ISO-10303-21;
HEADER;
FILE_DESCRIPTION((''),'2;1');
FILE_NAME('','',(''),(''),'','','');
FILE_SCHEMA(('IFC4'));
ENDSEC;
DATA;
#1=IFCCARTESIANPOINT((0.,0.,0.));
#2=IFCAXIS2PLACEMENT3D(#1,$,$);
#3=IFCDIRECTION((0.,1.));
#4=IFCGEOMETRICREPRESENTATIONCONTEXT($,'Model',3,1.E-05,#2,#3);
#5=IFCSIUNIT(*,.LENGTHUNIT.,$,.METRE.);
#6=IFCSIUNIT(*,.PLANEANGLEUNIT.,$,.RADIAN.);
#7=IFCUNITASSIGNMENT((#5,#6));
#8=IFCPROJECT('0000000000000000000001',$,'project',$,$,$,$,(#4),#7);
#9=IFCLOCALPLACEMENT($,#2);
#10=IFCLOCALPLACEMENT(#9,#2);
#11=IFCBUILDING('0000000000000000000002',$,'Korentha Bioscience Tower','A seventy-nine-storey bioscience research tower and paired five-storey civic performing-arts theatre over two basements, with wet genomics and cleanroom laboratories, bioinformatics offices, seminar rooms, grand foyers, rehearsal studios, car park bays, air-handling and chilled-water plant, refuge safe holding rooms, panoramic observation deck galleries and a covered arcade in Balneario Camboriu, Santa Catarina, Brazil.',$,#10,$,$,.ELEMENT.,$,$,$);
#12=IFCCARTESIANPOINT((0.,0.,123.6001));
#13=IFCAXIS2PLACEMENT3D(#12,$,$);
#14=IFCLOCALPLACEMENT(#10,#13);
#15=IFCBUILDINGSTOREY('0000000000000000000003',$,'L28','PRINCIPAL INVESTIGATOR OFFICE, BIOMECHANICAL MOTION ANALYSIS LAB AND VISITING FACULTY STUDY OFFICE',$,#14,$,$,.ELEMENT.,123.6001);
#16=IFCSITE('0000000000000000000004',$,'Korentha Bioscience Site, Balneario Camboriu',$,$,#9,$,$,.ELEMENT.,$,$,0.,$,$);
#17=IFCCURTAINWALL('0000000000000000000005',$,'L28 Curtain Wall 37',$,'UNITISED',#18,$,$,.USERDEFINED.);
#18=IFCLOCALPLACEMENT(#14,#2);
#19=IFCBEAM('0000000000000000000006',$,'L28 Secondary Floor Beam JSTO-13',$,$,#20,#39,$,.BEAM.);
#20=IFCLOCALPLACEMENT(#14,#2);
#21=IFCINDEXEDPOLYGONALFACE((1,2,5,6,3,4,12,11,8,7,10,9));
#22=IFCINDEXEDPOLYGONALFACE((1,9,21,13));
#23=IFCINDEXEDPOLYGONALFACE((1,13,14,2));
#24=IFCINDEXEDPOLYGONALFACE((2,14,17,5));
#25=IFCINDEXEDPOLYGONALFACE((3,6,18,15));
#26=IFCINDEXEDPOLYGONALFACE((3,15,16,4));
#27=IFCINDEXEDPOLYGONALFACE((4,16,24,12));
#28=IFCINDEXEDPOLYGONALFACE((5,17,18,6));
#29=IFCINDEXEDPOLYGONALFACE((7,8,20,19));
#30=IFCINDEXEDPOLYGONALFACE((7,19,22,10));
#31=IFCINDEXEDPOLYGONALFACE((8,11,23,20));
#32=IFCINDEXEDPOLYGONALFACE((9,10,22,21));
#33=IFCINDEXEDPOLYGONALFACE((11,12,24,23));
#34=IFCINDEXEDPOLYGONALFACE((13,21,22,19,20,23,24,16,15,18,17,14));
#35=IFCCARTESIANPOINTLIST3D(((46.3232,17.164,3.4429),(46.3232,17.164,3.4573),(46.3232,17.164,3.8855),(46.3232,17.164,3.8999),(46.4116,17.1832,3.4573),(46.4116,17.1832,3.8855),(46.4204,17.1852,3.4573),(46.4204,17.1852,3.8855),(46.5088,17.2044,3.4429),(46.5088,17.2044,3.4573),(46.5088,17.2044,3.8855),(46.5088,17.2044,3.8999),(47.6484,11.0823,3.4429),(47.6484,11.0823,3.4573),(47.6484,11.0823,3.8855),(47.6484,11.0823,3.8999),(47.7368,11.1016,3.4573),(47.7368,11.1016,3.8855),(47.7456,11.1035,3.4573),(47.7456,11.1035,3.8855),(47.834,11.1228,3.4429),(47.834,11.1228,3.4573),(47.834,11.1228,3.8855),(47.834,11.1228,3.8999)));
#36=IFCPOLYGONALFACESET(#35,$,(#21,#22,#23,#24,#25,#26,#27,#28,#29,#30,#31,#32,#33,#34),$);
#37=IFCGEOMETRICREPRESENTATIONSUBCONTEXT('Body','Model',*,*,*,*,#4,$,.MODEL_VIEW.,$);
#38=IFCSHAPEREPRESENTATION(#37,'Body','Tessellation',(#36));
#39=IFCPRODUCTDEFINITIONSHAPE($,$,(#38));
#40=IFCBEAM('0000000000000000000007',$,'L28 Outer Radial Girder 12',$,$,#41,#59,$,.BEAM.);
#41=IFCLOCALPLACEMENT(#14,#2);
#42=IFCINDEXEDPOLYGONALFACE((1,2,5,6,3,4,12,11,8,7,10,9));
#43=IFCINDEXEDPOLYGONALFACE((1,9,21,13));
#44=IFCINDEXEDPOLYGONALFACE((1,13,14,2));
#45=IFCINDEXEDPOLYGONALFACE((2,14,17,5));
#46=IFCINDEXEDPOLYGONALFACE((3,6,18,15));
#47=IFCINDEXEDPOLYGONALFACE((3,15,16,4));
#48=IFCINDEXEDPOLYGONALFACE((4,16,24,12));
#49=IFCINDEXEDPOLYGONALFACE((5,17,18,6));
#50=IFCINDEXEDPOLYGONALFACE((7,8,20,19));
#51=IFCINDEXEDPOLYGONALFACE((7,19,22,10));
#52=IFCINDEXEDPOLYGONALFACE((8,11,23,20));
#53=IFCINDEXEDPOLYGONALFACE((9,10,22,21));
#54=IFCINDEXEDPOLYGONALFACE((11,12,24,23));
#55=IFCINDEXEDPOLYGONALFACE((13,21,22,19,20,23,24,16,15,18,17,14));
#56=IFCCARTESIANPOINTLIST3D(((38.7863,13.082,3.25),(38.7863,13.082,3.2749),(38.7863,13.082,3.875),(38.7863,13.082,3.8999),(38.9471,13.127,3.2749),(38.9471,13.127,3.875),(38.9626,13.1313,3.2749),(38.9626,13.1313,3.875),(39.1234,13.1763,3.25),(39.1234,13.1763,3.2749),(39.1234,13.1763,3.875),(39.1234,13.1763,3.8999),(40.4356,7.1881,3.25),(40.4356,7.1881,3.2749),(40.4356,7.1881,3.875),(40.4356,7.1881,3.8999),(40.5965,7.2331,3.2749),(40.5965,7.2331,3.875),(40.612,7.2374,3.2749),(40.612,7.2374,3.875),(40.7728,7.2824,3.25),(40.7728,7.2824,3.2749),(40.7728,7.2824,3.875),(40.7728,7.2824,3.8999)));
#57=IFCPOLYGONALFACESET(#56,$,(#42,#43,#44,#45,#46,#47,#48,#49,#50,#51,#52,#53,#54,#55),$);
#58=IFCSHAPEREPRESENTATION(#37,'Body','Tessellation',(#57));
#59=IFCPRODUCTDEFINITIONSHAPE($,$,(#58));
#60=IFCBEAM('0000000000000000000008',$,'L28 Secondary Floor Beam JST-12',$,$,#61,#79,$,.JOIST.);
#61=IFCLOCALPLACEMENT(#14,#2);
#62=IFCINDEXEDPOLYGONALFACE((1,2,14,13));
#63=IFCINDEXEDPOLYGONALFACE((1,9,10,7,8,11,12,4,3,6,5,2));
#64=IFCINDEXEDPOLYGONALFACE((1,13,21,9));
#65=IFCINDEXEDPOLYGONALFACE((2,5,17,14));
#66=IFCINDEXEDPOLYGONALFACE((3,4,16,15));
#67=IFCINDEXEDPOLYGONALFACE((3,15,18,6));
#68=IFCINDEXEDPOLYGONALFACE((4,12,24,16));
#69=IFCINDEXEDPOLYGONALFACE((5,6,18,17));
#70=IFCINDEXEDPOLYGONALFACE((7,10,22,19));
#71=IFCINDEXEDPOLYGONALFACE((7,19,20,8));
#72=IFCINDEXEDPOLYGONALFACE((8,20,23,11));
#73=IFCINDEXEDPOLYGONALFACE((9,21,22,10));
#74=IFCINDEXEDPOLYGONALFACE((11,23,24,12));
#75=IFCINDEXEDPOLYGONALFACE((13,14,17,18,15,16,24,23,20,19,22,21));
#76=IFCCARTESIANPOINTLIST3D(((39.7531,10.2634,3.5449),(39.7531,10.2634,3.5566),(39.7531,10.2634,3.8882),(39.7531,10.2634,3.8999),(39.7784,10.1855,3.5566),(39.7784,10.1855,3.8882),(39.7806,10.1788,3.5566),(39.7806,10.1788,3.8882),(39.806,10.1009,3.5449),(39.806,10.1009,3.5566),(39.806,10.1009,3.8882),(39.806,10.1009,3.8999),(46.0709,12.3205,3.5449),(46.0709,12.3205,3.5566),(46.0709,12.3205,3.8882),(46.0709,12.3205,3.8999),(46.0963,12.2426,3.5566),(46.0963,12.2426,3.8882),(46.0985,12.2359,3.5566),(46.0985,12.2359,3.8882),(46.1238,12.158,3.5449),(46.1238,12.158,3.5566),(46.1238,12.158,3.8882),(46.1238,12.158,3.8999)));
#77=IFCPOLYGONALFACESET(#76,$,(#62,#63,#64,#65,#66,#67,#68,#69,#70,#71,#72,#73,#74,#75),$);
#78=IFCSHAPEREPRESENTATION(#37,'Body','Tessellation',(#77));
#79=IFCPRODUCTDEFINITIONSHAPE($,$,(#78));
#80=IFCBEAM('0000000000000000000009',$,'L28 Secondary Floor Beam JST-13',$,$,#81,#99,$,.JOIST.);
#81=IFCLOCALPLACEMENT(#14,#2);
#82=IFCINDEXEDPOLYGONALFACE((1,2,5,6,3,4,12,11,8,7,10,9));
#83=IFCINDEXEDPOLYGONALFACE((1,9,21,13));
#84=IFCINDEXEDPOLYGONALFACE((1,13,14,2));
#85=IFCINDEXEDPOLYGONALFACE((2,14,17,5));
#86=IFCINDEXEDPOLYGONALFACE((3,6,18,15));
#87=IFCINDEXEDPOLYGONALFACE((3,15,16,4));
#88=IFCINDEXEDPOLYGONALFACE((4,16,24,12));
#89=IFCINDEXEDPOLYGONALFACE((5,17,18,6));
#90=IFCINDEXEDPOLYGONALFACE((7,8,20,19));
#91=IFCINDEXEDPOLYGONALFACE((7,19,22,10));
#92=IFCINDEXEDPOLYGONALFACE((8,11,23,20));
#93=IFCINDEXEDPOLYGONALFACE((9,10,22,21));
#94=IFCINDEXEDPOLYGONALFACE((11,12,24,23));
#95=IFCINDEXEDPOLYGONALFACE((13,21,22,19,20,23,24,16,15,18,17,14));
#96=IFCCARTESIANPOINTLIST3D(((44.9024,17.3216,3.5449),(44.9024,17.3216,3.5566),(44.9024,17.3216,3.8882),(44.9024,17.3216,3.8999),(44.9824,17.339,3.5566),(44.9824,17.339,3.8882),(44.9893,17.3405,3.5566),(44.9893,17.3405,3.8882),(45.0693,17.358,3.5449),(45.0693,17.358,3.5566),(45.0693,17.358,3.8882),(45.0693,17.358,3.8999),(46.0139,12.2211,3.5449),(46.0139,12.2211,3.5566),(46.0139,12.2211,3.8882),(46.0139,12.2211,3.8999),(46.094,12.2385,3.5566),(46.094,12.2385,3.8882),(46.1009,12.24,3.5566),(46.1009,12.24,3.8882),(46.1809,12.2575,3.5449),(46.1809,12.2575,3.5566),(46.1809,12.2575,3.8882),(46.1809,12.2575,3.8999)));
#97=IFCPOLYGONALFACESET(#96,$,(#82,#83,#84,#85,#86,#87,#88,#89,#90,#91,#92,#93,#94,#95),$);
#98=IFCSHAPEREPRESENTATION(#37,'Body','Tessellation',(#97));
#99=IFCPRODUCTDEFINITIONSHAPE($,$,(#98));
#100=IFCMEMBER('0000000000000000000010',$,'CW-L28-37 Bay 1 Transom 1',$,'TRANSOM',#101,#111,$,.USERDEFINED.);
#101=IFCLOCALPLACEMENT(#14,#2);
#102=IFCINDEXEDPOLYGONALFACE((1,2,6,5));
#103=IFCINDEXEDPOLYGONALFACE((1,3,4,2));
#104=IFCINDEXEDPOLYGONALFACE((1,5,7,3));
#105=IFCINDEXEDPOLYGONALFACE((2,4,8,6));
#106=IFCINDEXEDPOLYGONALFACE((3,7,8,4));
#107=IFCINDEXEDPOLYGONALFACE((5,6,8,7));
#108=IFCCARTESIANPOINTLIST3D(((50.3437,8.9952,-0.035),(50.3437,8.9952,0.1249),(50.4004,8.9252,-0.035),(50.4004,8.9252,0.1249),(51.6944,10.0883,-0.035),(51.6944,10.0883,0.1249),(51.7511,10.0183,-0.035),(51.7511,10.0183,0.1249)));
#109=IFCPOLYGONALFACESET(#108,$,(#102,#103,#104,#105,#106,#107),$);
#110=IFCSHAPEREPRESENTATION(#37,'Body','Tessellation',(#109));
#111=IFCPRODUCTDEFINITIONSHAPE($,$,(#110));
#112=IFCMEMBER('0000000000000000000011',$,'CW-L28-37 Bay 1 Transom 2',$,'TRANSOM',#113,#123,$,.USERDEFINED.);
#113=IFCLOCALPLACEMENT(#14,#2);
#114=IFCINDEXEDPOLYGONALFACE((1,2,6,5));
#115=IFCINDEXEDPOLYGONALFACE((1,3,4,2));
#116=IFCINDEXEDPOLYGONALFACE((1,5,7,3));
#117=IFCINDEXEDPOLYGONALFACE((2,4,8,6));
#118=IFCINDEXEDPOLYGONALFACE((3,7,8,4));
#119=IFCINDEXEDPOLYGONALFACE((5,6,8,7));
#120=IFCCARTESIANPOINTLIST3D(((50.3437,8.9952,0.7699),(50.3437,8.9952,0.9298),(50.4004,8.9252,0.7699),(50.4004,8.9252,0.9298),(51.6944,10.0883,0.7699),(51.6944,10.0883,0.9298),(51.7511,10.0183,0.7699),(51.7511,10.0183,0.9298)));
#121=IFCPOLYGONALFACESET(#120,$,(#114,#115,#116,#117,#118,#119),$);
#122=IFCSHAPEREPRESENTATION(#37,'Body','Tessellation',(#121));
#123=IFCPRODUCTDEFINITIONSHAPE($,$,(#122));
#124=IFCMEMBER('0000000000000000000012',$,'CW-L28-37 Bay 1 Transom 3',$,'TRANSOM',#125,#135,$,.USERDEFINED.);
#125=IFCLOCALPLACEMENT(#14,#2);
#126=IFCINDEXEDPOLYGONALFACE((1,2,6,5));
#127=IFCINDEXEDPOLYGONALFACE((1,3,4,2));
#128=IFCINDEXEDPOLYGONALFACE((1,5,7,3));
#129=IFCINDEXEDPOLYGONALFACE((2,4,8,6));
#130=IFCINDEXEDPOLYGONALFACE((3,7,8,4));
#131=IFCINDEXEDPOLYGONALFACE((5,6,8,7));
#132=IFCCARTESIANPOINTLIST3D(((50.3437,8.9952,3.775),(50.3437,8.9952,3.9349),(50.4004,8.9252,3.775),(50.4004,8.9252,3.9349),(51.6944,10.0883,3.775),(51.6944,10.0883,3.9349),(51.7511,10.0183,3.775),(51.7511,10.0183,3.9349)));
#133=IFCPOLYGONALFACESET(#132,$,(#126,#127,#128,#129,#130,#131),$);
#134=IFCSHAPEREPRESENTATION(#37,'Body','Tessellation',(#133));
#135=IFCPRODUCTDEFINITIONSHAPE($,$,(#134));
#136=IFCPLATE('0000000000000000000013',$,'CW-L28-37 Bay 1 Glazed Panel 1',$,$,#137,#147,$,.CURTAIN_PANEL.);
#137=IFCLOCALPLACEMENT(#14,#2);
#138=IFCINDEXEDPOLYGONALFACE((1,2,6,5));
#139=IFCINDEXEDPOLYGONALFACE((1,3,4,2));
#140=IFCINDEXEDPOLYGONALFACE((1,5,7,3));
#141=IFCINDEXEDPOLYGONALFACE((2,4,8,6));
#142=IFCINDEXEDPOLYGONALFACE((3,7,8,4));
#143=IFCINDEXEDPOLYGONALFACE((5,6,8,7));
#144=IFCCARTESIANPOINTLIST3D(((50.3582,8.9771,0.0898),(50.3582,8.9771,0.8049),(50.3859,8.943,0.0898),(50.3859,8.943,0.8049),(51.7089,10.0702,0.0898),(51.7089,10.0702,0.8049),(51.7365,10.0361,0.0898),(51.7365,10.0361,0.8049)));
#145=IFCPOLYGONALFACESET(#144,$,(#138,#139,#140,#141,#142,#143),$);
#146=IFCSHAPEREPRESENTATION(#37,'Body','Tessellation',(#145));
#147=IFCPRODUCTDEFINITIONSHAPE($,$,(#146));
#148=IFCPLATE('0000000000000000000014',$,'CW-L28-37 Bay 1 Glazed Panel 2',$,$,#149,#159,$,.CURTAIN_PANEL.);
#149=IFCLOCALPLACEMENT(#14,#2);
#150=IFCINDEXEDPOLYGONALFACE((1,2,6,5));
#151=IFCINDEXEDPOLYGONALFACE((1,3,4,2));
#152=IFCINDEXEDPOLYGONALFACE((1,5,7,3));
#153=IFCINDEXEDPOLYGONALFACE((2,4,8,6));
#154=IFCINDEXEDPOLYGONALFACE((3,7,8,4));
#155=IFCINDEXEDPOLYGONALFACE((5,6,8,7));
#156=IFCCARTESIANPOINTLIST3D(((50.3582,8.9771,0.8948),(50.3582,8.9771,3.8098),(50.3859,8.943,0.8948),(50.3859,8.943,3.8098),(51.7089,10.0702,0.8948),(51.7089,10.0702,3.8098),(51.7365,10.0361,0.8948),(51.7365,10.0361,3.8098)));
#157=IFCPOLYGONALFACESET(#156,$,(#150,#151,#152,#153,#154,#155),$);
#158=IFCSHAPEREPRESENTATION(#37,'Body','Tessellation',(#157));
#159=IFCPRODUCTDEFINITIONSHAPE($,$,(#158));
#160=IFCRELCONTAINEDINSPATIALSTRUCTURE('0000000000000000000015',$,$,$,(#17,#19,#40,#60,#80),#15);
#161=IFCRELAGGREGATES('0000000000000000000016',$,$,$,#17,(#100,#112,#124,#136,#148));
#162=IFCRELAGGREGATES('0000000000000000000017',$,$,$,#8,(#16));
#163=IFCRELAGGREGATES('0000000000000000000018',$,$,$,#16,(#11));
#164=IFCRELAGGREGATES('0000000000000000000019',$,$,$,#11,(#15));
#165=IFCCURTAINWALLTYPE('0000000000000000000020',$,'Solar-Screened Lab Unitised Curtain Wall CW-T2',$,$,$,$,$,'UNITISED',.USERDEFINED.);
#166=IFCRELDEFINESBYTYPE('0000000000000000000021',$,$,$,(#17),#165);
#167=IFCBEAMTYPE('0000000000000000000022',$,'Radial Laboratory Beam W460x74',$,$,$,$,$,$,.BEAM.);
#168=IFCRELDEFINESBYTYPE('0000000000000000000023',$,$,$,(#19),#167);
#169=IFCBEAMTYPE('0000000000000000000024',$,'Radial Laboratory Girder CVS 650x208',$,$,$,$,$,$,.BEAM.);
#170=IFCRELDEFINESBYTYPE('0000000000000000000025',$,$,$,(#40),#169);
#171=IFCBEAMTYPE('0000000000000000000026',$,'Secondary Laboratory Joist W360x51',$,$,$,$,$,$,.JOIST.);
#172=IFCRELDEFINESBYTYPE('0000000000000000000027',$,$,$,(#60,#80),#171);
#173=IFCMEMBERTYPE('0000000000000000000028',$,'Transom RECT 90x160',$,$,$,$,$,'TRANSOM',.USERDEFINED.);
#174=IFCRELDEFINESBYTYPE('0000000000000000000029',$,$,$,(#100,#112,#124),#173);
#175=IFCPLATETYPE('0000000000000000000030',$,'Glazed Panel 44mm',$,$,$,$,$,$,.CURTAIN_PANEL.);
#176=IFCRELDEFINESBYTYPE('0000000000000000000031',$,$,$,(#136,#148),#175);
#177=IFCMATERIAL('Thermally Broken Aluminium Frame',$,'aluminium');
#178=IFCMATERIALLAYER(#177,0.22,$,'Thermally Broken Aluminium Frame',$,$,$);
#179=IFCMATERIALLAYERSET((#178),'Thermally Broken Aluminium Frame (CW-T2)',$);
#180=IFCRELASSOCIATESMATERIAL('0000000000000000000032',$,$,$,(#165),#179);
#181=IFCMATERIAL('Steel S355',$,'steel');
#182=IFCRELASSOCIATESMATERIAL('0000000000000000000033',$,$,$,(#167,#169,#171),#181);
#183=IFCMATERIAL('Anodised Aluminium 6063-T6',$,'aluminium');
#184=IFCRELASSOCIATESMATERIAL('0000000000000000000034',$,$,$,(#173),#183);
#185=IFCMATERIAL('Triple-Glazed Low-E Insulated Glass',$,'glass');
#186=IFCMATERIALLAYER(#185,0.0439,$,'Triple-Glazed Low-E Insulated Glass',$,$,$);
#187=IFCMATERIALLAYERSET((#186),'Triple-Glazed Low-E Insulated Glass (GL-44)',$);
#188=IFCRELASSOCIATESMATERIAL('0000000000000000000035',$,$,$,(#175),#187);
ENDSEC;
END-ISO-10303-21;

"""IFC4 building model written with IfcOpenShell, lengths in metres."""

from ifc_helpers import new_model, si_unit, direction, frame, origin, origin_2d, place, context, subcontext, project, spatial, rectangle, i_section, extrude, material, layer, layer_set, material_profile, profile_set, type_object, element, aggregate, save


model = new_model("IFC4")

# Units and contexts
model_context = context("Model", 3, precision=1e-05, world=origin(), true_north=direction((0.0, 1.0)))
body_context = subcontext(model_context, "Body", "Model", "MODEL_VIEW")
ifc_project = project(units=[si_unit("LENGTHUNIT", "METRE"), si_unit("PLANEANGLEUNIT", "RADIAN")], contexts=[model_context])

# Site, building, storey
site_placement = place(None, origin())
site = spatial("IfcSite", under=ifc_project, at=site_placement, Name="Korentha Bioscience Site, Balneario Camboriu", CompositionType="ELEMENT", RefElevation=0.0)
building_placement = place(site_placement, origin())
building = spatial("IfcBuilding", under=site, at=building_placement, Name="Korentha Bioscience Tower", Description="A seventy-nine-storey bioscience research tower and paired five-storey civic performing-arts theatre over two basements, with wet genomics and cleanroom laboratories, bioinformatics offices, seminar rooms, grand foyers, rehearsal studios, car park bays, air-handling and chilled-water plant, refuge safe holding rooms, panoramic observation deck galleries and a covered arcade in Balneario Camboriu, Santa Catarina, Brazil.", CompositionType="ELEMENT")
storey_placement = place(building_placement, frame((0.0, 0.0, 123.6001)))
storey = spatial("IfcBuildingStorey", under=building, at=storey_placement, Name="L28", Description="PRINCIPAL INVESTIGATOR OFFICE, BIOMECHANICAL MOTION ANALYSIS LAB AND VISITING FACULTY STUDY OFFICE", CompositionType="ELEMENT", Elevation=123.6001)

# Shared definitions
ifc_material_1 = material(Name="Steel S355", Category="steel")

# Curtain wall
ifc_material_2 = material(Name="Thermally Broken Aluminium Frame", Category="aluminium")
ifc_layer_1 = layer(ifc_material_2, 0.22, Name="Thermally Broken Aluminium Frame")
ifc_layer_set_1 = layer_set([ifc_layer_1], Name="Thermally Broken Aluminium Frame (CW-T2)")
curtain_wall_type = type_object("IfcCurtainWallType", Name="Solar-Screened Lab Unitised Curtain Wall CW-T2", ElementType="UNITISED", PredefinedType="USERDEFINED", material=ifc_layer_set_1)
curtain_wall_placement = place(storey_placement, origin())
curtain_wall = element("IfcCurtainWall", 1, at=curtain_wall_placement, inside=storey, type_object=curtain_wall_type, Name="L28 Curtain Wall 37", ObjectType="UNITISED", PredefinedType="USERDEFINED")
ifc_material_3 = material(Name="Anodised Aluminium 6063-T6", Category="aluminium")

# Beams
ifc_material_profile_1 = material_profile(ifc_material_1, i_section(OverallWidth=0.1899, OverallDepth=0.457, WebThickness=0.009, FlangeThickness=0.0144, at=origin_2d()), Name="Steel S355")
ifc_profile_set_1 = profile_set([ifc_material_profile_1], Name="Steel S355 (RB-460)")
beam_type_1 = type_object("IfcBeamType", Name="Radial Laboratory Beam W460x74", PredefinedType="BEAM", material=ifc_profile_set_1)
beam_1_placement = place(storey_placement, frame((47.7412, 11.1025, 3.6714), z_axis=(-0.212908, 0.977072, 0.0), x_axis=(-0.977072, -0.212908, 0.0)))
element("IfcBeam", 2, at=beam_1_placement, inside=storey, type_object=beam_type_1, Name="L28 Secondary Floor Beam JSTO-13", PredefinedType="BEAM", context=body_context, shape_type="SweptSolid", body=[
    extrude(i_section(OverallWidth=0.1899, OverallDepth=0.457, WebThickness=0.009, FlangeThickness=0.0144, at=origin_2d()), origin(), (0.0, 0.0, 1.0), 6.2244),
])
ifc_material_profile_2 = material_profile(ifc_material_1, i_section(OverallWidth=0.3501, OverallDepth=0.6499, WebThickness=0.0161, FlangeThickness=0.0249, at=origin_2d()), Name="Steel S355")
ifc_profile_set_2 = profile_set([ifc_material_profile_2], Name="Steel S355 (RB-650)")
beam_type_2 = type_object("IfcBeamType", Name="Radial Laboratory Girder CVS 650x208", PredefinedType="BEAM", material=ifc_profile_set_2)
beam_2_placement = place(storey_placement, frame((38.9548, 13.1292, 3.575), z_axis=(0.269491, -0.963003, 0.0), x_axis=(0.963003, 0.269491, 0.0)))
element("IfcBeam", 3, at=beam_2_placement, inside=storey, type_object=beam_type_2, Name="L28 Outer Radial Girder 12", PredefinedType="BEAM", context=body_context, shape_type="SweptSolid", body=[
    extrude(i_section(OverallWidth=0.3501, OverallDepth=0.6499, WebThickness=0.0161, FlangeThickness=0.0249, at=origin_2d()), origin(), (0.0, 0.0, 1.0), 6.1204),
])
ifc_material_profile_3 = material_profile(ifc_material_1, i_section(OverallWidth=0.1709, OverallDepth=0.355, WebThickness=0.0071, FlangeThickness=0.0117, at=origin_2d()), Name="Steel S355")
ifc_profile_set_3 = profile_set([ifc_material_profile_3], Name="Steel S355 (JB-360)")
beam_type_3 = type_object("IfcBeamType", Name="Secondary Laboratory Joist W360x51", PredefinedType="JOIST", material=ifc_profile_set_3)
beam_3_placement = place(storey_placement, frame((39.7795, 10.1821, 3.7224), z_axis=(0.950865, 0.309606, 0.0), x_axis=(-0.309606, 0.950865, 0.0)))
element("IfcBeam", 4, at=beam_3_placement, inside=storey, type_object=beam_type_3, Name="L28 Secondary Floor Beam JST-12", PredefinedType="JOIST", context=body_context, shape_type="SweptSolid", body=[
    extrude(i_section(OverallWidth=0.1709, OverallDepth=0.355, WebThickness=0.0071, FlangeThickness=0.0117, at=origin_2d()), origin(), (0.0, 0.0, 1.0), 6.6443),
])
beam_4_placement = place(storey_placement, frame((46.0974, 12.2393, 3.7224), z_axis=(-0.212932, 0.977067, 0.0), x_axis=(-0.977067, -0.212932, 0.0)))
element("IfcBeam", 5, at=beam_4_placement, inside=storey, type_object=beam_type_3, Name="L28 Secondary Floor Beam JST-13", PredefinedType="JOIST", context=body_context, shape_type="SweptSolid", body=[
    extrude(i_section(OverallWidth=0.1709, OverallDepth=0.355, WebThickness=0.0071, FlangeThickness=0.0117, at=origin_2d()), origin(), (0.0, 0.0, 1.0), 5.2202),
])

# Members
ifc_material_profile_4 = material_profile(ifc_material_3, rectangle(XDim=0.0901, YDim=0.1599, at=origin_2d()), Name="Anodised Aluminium 6063-T6")
ifc_profile_set_4 = profile_set([ifc_material_profile_4], Name="Anodised Aluminium 6063-T6 (CW-TRN)")
member_type_1 = type_object("IfcMemberType", Name="Transom RECT 90x160", ElementType="TRANSOM", PredefinedType="USERDEFINED", material=ifc_profile_set_4)
member_1_placement = place(storey_placement, frame((50.3721, 8.9602, 0.0449), z_axis=(0.777333, 0.629089, 0.0), x_axis=(-0.629089, 0.777333, 0.0)))
member_1 = element("IfcMember", 6, at=member_1_placement, type_object=member_type_1, Name="CW-L28-37 Bay 1 Transom 1", ObjectType="TRANSOM", PredefinedType="USERDEFINED", context=body_context, shape_type="SweptSolid", body=[
    extrude(rectangle(XDim=0.0901, YDim=0.1599, at=origin_2d()), origin(), (0.0, 0.0, 1.0), 1.7375),
])
member_2_placement = place(storey_placement, frame((50.3721, 8.9602, 0.8499), z_axis=(0.777333, 0.629089, 0.0), x_axis=(-0.629089, 0.777333, 0.0)))
member_2 = element("IfcMember", 7, at=member_2_placement, type_object=member_type_1, Name="CW-L28-37 Bay 1 Transom 2", ObjectType="TRANSOM", PredefinedType="USERDEFINED", context=body_context, shape_type="SweptSolid", body=[
    extrude(rectangle(XDim=0.0901, YDim=0.1599, at=origin_2d()), origin(), (0.0, 0.0, 1.0), 1.7375),
])
member_3_placement = place(storey_placement, frame((50.3721, 8.9602, 3.855), z_axis=(0.777333, 0.629089, 0.0), x_axis=(-0.629089, 0.777333, 0.0)))
member_3 = element("IfcMember", 8, at=member_3_placement, type_object=member_type_1, Name="CW-L28-37 Bay 1 Transom 3", ObjectType="TRANSOM", PredefinedType="USERDEFINED", context=body_context, shape_type="SweptSolid", body=[
    extrude(rectangle(XDim=0.0901, YDim=0.1599, at=origin_2d()), origin(), (0.0, 0.0, 1.0), 1.7375),
])

# Plates
ifc_material_4 = material(Name="Triple-Glazed Low-E Insulated Glass", Category="glass")
ifc_layer_2 = layer(ifc_material_4, 0.0439, Name="Triple-Glazed Low-E Insulated Glass")
ifc_layer_set_2 = layer_set([ifc_layer_2], Name="Triple-Glazed Low-E Insulated Glass (GL-44)")
plate_type = type_object("IfcPlateType", Name="Glazed Panel 44mm", PredefinedType="CURTAIN_PANEL", material=ifc_layer_set_2)
plate_1_placement = place(storey_placement, frame((51.0474, 9.5066, 0.0898), z_axis=(0.0, 0.0, 1.0), x_axis=(0.777315, 0.629111, 0.0)))
plate_1 = element("IfcPlate", 9, at=plate_1_placement, type_object=plate_type, Name="CW-L28-37 Bay 1 Glazed Panel 1", PredefinedType="CURTAIN_PANEL", context=body_context, shape_type="SweptSolid", body=[
    extrude(rectangle(XDim=1.7375, YDim=0.0439, at=origin_2d()), origin(), (0.0, 0.0, 1.0), 0.7151),
])
plate_2_placement = place(storey_placement, frame((51.0474, 9.5066, 0.8948), z_axis=(0.0, 0.0, 1.0), x_axis=(0.777315, 0.629111, 0.0)))
plate_2 = element("IfcPlate", 10, at=plate_2_placement, type_object=plate_type, Name="CW-L28-37 Bay 1 Glazed Panel 2", PredefinedType="CURTAIN_PANEL", context=body_context, shape_type="SweptSolid", body=[
    extrude(rectangle(XDim=1.7375, YDim=0.0439, at=origin_2d()), origin(), (0.0, 0.0, 1.0), 2.915),
])
aggregate(curtain_wall, [member_1, member_2, member_3, plate_1, plate_2])

save(model, "model.ifc")
